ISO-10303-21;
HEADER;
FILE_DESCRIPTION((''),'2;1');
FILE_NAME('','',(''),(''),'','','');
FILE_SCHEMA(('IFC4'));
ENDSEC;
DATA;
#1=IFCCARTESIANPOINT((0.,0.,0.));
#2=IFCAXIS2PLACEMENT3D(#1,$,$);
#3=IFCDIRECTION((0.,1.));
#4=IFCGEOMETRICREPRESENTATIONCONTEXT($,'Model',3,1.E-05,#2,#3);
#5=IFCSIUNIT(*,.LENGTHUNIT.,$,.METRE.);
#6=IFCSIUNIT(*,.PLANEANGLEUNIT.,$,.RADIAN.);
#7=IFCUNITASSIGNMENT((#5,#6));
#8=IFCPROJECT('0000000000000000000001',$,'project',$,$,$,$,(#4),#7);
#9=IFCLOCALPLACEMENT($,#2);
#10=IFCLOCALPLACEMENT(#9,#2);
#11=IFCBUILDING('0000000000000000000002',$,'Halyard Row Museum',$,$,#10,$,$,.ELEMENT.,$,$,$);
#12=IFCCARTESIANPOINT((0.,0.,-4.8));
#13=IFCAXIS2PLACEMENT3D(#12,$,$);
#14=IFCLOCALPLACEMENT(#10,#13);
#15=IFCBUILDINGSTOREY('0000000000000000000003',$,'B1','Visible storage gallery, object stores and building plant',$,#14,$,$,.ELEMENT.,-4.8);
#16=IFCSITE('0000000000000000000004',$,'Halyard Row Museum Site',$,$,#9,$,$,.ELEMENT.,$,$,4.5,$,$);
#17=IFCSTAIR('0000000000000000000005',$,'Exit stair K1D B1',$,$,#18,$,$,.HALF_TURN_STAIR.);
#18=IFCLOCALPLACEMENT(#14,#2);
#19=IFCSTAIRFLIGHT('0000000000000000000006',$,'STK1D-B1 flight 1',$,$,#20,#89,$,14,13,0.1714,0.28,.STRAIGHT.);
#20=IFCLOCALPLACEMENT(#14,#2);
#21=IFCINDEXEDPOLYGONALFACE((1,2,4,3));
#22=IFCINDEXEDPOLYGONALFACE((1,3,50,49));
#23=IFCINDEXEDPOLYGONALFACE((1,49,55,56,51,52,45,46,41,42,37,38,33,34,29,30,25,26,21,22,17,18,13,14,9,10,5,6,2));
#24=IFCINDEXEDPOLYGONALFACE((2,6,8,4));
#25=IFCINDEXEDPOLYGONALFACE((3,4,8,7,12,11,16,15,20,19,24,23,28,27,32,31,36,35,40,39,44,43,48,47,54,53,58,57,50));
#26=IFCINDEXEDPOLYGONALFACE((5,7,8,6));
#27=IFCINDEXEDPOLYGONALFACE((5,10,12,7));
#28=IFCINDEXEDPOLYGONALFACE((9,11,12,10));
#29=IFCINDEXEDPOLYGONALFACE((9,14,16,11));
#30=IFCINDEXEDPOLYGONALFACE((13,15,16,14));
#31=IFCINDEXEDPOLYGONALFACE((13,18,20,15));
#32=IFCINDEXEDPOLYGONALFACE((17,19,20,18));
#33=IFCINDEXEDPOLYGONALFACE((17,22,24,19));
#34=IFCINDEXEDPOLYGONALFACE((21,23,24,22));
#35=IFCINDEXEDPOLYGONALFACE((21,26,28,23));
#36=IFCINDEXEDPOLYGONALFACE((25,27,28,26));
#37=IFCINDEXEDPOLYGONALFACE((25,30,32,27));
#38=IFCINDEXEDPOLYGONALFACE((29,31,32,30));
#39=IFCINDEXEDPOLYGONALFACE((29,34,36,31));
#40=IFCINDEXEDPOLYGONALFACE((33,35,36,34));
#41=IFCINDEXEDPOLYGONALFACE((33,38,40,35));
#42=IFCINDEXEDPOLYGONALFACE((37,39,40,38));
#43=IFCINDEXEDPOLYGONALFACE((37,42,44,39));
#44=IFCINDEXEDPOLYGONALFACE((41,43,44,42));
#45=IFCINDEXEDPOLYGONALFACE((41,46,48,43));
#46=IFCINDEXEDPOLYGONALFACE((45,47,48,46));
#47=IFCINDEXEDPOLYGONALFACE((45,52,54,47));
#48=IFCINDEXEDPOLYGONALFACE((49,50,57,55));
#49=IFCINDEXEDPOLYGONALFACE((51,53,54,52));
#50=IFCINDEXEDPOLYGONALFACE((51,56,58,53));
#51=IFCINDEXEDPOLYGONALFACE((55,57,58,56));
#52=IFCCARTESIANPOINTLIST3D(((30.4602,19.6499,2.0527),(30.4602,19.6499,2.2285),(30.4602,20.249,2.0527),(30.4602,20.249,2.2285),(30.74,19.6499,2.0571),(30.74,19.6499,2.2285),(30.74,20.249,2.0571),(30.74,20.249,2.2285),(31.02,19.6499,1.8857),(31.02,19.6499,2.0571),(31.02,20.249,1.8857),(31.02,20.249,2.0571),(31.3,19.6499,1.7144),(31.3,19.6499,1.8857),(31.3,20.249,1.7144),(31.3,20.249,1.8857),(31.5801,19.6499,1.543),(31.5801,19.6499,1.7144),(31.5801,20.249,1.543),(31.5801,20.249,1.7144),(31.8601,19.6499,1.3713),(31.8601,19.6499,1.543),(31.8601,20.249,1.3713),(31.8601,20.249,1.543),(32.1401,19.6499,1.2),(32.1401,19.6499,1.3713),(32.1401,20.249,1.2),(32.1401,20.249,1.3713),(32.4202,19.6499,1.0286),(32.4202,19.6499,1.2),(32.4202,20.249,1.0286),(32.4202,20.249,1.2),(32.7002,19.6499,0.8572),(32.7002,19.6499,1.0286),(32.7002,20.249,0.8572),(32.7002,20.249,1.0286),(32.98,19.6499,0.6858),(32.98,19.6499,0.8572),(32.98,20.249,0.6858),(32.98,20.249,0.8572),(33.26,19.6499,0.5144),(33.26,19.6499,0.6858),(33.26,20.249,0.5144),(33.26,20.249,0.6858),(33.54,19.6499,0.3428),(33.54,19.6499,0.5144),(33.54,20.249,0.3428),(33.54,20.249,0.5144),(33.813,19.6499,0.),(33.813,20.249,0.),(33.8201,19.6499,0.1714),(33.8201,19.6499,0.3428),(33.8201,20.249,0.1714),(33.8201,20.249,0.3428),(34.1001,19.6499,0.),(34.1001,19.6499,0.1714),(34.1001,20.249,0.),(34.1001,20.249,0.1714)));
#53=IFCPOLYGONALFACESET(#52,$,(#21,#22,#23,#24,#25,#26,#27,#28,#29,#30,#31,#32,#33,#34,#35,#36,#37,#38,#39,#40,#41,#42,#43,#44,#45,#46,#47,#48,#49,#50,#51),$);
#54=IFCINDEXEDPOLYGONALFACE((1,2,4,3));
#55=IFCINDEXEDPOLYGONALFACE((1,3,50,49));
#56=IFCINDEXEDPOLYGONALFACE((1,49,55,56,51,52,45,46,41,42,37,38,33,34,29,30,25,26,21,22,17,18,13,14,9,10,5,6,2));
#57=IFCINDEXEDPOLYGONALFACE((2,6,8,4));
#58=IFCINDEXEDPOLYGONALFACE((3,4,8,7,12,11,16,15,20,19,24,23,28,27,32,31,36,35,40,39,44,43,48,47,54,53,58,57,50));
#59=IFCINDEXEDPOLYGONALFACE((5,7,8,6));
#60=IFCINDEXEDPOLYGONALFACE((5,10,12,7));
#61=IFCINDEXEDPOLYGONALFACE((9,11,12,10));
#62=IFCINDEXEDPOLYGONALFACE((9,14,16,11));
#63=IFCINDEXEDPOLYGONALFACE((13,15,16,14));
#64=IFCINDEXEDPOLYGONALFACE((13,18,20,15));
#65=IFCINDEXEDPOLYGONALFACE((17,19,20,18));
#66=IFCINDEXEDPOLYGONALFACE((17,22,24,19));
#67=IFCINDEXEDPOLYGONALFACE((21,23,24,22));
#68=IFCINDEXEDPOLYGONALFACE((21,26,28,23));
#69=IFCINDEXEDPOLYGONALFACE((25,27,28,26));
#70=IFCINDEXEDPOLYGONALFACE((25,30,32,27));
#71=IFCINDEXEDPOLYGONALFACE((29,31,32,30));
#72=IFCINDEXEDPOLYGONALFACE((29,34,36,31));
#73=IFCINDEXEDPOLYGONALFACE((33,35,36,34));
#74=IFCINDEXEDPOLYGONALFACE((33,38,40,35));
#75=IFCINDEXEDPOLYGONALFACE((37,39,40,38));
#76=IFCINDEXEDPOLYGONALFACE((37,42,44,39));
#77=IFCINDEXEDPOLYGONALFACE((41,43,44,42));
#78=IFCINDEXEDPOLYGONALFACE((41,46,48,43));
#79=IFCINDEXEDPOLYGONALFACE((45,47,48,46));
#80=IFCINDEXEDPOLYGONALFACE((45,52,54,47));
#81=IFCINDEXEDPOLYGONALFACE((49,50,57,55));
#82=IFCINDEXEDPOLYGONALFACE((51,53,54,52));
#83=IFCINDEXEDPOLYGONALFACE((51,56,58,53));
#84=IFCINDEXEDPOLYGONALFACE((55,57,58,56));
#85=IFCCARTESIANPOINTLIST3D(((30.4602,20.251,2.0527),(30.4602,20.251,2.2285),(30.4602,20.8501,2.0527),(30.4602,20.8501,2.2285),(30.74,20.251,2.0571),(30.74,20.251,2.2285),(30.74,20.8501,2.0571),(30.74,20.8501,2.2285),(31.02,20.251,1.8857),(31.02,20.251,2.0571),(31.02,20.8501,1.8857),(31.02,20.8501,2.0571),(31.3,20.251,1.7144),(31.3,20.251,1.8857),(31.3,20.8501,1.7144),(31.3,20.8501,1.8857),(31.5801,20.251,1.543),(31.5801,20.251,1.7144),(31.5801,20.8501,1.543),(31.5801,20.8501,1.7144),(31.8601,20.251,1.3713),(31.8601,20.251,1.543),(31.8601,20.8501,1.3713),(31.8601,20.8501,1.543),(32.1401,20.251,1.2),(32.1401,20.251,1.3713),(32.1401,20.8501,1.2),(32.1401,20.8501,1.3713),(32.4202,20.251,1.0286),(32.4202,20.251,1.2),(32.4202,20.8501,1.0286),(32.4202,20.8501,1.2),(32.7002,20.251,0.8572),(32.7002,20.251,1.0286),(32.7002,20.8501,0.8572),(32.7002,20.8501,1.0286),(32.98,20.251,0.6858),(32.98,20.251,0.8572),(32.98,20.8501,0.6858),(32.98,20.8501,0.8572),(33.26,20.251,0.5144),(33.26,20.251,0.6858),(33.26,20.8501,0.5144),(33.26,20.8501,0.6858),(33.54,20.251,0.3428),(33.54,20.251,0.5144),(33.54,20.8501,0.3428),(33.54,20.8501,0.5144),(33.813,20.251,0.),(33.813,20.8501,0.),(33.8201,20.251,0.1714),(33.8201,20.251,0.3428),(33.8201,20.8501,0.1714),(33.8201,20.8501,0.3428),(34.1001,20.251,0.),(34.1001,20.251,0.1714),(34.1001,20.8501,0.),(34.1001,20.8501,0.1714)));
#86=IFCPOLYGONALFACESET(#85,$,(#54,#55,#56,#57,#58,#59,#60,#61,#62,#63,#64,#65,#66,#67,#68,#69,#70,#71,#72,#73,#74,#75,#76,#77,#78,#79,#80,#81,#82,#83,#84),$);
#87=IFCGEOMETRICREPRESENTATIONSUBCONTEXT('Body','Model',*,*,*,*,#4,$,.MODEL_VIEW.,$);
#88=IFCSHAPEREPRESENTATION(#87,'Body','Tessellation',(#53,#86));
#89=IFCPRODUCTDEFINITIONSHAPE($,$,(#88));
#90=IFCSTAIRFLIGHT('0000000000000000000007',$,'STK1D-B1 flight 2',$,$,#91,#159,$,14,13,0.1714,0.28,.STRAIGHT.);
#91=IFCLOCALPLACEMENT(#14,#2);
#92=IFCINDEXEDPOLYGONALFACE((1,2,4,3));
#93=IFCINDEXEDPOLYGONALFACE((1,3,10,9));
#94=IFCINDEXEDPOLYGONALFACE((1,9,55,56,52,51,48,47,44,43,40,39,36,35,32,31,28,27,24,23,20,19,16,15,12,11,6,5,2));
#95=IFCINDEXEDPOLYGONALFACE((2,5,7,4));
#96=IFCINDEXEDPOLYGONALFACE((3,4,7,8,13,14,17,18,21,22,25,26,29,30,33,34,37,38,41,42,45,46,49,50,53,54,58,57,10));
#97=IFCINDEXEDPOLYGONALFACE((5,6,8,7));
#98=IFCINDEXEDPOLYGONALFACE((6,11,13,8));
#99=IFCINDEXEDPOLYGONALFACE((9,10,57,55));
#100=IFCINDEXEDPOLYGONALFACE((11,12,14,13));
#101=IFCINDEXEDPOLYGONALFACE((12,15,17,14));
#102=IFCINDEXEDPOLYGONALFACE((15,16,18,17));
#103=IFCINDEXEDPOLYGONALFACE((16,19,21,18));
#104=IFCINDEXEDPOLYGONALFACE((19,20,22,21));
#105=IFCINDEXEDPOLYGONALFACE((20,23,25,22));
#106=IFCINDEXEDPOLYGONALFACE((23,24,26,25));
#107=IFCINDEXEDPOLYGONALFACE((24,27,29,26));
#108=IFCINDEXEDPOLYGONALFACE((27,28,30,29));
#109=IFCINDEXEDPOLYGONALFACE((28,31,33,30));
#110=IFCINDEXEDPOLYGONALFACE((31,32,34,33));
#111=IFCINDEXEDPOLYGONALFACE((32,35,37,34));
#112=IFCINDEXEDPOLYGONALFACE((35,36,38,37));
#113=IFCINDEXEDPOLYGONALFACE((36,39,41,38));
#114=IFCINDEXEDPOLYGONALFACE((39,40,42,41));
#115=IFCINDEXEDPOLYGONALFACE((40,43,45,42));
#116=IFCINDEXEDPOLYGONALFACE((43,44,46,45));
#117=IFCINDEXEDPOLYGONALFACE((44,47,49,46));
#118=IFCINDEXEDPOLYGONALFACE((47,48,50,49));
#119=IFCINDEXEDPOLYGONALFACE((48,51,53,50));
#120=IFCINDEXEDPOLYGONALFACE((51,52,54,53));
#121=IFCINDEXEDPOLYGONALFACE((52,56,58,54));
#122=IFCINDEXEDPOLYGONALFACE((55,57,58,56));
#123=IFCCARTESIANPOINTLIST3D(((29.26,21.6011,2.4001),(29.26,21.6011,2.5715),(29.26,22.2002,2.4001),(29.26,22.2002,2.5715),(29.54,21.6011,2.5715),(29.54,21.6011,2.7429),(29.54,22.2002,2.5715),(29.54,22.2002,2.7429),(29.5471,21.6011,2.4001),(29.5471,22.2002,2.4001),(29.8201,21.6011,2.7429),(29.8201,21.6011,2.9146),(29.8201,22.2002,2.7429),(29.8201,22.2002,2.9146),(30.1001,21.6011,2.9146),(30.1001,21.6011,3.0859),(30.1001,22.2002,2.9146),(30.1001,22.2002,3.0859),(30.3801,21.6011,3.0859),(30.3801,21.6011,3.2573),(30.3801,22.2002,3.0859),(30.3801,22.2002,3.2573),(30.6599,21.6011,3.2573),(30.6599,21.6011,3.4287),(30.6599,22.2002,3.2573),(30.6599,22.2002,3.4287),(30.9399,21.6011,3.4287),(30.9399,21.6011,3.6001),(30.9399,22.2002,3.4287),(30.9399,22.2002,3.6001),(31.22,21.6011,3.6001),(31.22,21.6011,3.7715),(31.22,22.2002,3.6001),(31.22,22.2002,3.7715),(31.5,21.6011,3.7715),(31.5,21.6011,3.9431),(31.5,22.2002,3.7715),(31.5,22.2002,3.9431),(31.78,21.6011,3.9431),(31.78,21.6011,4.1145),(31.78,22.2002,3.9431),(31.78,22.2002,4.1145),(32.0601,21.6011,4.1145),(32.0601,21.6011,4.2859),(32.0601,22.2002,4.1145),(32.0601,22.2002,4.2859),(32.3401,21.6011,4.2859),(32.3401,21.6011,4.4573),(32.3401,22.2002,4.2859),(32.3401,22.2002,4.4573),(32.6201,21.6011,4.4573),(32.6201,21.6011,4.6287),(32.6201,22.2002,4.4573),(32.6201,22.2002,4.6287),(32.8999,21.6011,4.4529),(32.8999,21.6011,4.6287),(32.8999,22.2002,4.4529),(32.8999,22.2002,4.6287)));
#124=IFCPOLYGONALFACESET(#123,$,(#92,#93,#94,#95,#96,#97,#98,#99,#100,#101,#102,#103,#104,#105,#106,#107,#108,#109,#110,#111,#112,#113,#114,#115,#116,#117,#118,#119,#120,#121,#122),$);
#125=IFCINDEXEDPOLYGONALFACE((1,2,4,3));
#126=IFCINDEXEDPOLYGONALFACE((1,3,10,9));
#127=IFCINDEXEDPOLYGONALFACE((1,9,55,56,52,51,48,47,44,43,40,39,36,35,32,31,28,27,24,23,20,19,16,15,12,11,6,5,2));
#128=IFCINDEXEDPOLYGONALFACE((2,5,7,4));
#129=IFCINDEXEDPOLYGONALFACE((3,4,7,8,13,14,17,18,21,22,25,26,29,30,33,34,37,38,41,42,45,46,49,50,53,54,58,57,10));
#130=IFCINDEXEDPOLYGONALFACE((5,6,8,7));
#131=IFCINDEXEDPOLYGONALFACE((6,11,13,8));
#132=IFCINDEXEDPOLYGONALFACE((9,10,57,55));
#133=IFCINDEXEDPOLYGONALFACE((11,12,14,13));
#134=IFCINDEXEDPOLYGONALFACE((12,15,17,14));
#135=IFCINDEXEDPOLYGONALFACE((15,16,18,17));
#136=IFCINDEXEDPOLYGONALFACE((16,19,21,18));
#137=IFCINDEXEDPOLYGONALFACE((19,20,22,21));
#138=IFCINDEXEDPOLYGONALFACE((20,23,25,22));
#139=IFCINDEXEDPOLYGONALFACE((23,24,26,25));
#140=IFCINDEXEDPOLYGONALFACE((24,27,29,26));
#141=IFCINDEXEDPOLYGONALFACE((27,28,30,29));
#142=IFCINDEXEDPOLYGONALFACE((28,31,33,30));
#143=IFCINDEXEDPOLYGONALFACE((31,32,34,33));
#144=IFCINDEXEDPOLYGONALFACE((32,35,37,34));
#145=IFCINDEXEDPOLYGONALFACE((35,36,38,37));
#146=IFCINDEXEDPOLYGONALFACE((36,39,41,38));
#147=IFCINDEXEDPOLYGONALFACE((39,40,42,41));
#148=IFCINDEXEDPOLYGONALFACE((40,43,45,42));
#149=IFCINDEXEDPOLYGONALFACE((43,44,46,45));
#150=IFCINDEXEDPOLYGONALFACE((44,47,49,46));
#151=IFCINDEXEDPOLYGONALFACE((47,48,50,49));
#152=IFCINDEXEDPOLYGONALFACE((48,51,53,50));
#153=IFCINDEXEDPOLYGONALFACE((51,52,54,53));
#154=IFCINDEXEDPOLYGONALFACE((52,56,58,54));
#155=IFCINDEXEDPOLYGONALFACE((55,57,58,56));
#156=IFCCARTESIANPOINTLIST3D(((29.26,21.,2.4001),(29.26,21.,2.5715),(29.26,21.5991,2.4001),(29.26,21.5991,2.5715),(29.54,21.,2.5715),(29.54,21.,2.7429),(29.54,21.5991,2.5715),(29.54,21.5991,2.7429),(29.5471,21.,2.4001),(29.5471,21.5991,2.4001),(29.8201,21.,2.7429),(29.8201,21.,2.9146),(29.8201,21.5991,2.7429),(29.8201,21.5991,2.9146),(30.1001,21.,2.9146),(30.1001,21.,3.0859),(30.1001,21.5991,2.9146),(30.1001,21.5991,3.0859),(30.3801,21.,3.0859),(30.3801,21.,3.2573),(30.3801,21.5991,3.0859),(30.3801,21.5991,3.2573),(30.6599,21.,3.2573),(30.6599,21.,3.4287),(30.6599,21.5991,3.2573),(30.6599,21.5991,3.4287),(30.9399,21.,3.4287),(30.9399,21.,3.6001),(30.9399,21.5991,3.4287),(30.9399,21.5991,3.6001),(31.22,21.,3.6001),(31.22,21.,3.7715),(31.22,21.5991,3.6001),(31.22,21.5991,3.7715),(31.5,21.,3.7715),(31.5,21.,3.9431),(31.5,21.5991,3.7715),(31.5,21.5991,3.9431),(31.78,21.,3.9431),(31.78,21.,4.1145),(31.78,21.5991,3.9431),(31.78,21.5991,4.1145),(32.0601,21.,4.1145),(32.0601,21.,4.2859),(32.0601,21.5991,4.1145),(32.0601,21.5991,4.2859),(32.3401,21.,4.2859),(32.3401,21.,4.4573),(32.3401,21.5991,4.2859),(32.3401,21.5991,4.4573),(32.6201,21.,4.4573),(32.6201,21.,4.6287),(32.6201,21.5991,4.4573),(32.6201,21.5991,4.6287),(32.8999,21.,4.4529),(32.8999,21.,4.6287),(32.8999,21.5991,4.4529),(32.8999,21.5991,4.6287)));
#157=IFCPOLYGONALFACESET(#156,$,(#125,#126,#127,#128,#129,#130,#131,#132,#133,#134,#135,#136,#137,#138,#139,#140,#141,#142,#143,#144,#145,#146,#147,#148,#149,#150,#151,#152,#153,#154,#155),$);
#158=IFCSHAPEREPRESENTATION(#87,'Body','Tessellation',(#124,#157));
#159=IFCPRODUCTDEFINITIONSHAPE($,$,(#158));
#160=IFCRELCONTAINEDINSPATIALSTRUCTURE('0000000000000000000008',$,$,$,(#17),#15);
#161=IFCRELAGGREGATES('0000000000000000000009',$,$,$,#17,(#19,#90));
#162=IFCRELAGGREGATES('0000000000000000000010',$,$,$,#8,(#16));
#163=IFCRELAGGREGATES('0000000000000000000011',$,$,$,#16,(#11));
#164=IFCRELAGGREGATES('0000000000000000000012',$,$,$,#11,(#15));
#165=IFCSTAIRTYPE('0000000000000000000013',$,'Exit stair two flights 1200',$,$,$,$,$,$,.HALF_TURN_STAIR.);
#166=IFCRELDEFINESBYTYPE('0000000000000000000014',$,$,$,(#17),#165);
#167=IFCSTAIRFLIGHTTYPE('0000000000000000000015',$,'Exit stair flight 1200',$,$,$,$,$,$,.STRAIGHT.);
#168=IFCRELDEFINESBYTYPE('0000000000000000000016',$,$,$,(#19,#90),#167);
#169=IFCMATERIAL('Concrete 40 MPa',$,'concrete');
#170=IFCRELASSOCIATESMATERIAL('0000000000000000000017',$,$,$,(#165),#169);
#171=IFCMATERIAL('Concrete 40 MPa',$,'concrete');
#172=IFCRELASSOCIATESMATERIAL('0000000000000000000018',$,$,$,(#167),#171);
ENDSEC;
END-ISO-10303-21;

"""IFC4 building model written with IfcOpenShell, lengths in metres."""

from ifc_helpers import new_model, si_unit, direction, frame, origin, place, context, subcontext, project, spatial, polyline, outline, extrude, material, type_object, element, aggregate, save


model = new_model("IFC4")

# Units and contexts
model_context = context("Model", 3, precision=1e-05, world=origin(), true_north=direction((0.0, 1.0)))
body_context = subcontext(model_context, "Body", "Model", "MODEL_VIEW")
ifc_project = project(units=[si_unit("LENGTHUNIT", "METRE"), si_unit("PLANEANGLEUNIT", "RADIAN")], contexts=[model_context])

# Site, building, storey
site_placement = place(None, origin())
site = spatial("IfcSite", under=ifc_project, at=site_placement, Name="Halyard Row Museum Site", CompositionType="ELEMENT", RefElevation=4.5)
building_placement = place(site_placement, origin())
building = spatial("IfcBuilding", under=site, at=building_placement, Name="Halyard Row Museum", CompositionType="ELEMENT")
storey_placement = place(building_placement, frame((0.0, 0.0, -4.8)))
storey = spatial("IfcBuildingStorey", under=building, at=storey_placement, Name="B1", Description="Visible storage gallery, object stores and building plant", CompositionType="ELEMENT", Elevation=-4.8)

# Stair, stair flights
ifc_material_1 = material(Name="Concrete 40 MPa", Category="concrete")
stair_type = type_object("IfcStairType", Name="Exit stair two flights 1200", PredefinedType="HALF_TURN_STAIR", material=ifc_material_1)
stair_placement = place(storey_placement, origin())
stair = element("IfcStair", 1, at=stair_placement, inside=storey, type_object=stair_type, Name="Exit stair K1D B1", PredefinedType="HALF_TURN_STAIR")
ifc_material_2 = material(Name="Concrete 40 MPa", Category="concrete")
stair_flight_type = type_object("IfcStairFlightType", Name="Exit stair flight 1200", PredefinedType="STRAIGHT", material=ifc_material_2)
stair_flight_1_placement = place(storey_placement, frame((34.1001, 20.25, 0.0), z_axis=(0.0, 0.0, 1.0), x_axis=(-1.0, 0.0, 0.0)))
stair_flight_1 = element("IfcStairFlight", 2, at=stair_flight_1_placement, type_object=stair_flight_type, Name="STK1D-B1 flight 1", NumberOfRisers=14, NumberOfTreads=13, PredefinedType="STRAIGHT", RiserHeight=0.1714, TreadLength=0.28, context=body_context, shape_type="SweptSolid", body=[
    extrude(outline(polyline([(0.0, 0.0), (0.0, 0.1714), (0.28, 0.1714), (0.28, 0.3428), (0.5601, 0.3428), (0.5601, 0.5144), (0.8401, 0.5144), (0.8401, 0.6858), (1.1201, 0.6858), (1.1201, 0.8572), (1.3999, 0.8572), (1.3999, 1.0286), (1.6799, 1.0286), (1.6799, 1.2), (1.96, 1.2), (1.96, 1.3713), (2.24, 1.3713), (2.24, 1.543), (2.52, 1.543), (2.52, 1.7144), (2.8, 1.7144), (2.8, 1.8857), (3.0801, 1.8857), (3.0801, 2.0571), (3.3601, 2.0571), (3.3601, 2.2285), (3.6399, 2.2285), (3.6399, 2.3999), (3.6399, 2.0527), (0.2871, 0.0), (0.0, 0.0)])), frame((0.0, 0.6001, 0.0), z_axis=(0.0, -1.0, 0.0), x_axis=(1.0, 0.0, 0.0)), (0.0, 0.0, 1.0), 0.5991),
    extrude(outline(polyline([(0.0, 0.0), (0.0, 0.1714), (0.28, 0.1714), (0.28, 0.3428), (0.5601, 0.3428), (0.5601, 0.5144), (0.8401, 0.5144), (0.8401, 0.6858), (1.1201, 0.6858), (1.1201, 0.8572), (1.3999, 0.8572), (1.3999, 1.0286), (1.6799, 1.0286), (1.6799, 1.2), (1.96, 1.2), (1.96, 1.3713), (2.24, 1.3713), (2.24, 1.543), (2.52, 1.543), (2.52, 1.7144), (2.8, 1.7144), (2.8, 1.8857), (3.0801, 1.8857), (3.0801, 2.0571), (3.3601, 2.0571), (3.3601, 2.2285), (3.6399, 2.2285), (3.6399, 2.3999), (3.6399, 2.0527), (0.2871, 0.0), (0.0, 0.0)])), frame((0.0, -0.001, 0.0), z_axis=(0.0, -1.0, 0.0), x_axis=(1.0, 0.0, 0.0)), (0.0, 0.0, 1.0), 0.5991),
])
stair_flight_2_placement = place(storey_placement, frame((29.26, 21.6001, 2.4001), z_axis=(0.0, 0.0, 1.0), x_axis=(1.0, 0.0, 0.0)))
stair_flight_2 = element("IfcStairFlight", 3, at=stair_flight_2_placement, type_object=stair_flight_type, Name="STK1D-B1 flight 2", NumberOfRisers=14, NumberOfTreads=13, PredefinedType="STRAIGHT", RiserHeight=0.1714, TreadLength=0.28, context=body_context, shape_type="SweptSolid", body=[
    extrude(outline(polyline([(0.0, 0.0), (0.0, 0.1714), (0.28, 0.1714), (0.28, 0.3428), (0.5601, 0.3428), (0.5601, 0.5144), (0.8401, 0.5144), (0.8401, 0.6858), (1.1201, 0.6858), (1.1201, 0.8572), (1.3999, 0.8572), (1.3999, 1.0286), (1.6799, 1.0286), (1.6799, 1.2), (1.96, 1.2), (1.96, 1.3713), (2.24, 1.3713), (2.24, 1.543), (2.52, 1.543), (2.52, 1.7144), (2.8, 1.7144), (2.8, 1.8857), (3.0801, 1.8857), (3.0801, 2.0571), (3.3601, 2.0571), (3.3601, 2.2285), (3.6399, 2.2285), (3.6399, 2.3999), (3.6399, 2.0527), (0.2871, 0.0), (0.0, 0.0)])), frame((0.0, 0.6001, 0.0), z_axis=(0.0, -1.0, 0.0), x_axis=(1.0, 0.0, 0.0)), (0.0, 0.0, 1.0), 0.5991),
    extrude(outline(polyline([(0.0, 0.0), (0.0, 0.1714), (0.28, 0.1714), (0.28, 0.3428), (0.5601, 0.3428), (0.5601, 0.5144), (0.8401, 0.5144), (0.8401, 0.6858), (1.1201, 0.6858), (1.1201, 0.8572), (1.3999, 0.8572), (1.3999, 1.0286), (1.6799, 1.0286), (1.6799, 1.2), (1.96, 1.2), (1.96, 1.3713), (2.24, 1.3713), (2.24, 1.543), (2.52, 1.543), (2.52, 1.7144), (2.8, 1.7144), (2.8, 1.8857), (3.0801, 1.8857), (3.0801, 2.0571), (3.3601, 2.0571), (3.3601, 2.2285), (3.6399, 2.2285), (3.6399, 2.3999), (3.6399, 2.0527), (0.2871, 0.0), (0.0, 0.0)])), frame((0.0, -0.001, 0.0), z_axis=(0.0, -1.0, 0.0), x_axis=(1.0, 0.0, 0.0)), (0.0, 0.0, 1.0), 0.5991),
])
aggregate(stair, [stair_flight_1, stair_flight_2])

save(model, "model.ifc")
